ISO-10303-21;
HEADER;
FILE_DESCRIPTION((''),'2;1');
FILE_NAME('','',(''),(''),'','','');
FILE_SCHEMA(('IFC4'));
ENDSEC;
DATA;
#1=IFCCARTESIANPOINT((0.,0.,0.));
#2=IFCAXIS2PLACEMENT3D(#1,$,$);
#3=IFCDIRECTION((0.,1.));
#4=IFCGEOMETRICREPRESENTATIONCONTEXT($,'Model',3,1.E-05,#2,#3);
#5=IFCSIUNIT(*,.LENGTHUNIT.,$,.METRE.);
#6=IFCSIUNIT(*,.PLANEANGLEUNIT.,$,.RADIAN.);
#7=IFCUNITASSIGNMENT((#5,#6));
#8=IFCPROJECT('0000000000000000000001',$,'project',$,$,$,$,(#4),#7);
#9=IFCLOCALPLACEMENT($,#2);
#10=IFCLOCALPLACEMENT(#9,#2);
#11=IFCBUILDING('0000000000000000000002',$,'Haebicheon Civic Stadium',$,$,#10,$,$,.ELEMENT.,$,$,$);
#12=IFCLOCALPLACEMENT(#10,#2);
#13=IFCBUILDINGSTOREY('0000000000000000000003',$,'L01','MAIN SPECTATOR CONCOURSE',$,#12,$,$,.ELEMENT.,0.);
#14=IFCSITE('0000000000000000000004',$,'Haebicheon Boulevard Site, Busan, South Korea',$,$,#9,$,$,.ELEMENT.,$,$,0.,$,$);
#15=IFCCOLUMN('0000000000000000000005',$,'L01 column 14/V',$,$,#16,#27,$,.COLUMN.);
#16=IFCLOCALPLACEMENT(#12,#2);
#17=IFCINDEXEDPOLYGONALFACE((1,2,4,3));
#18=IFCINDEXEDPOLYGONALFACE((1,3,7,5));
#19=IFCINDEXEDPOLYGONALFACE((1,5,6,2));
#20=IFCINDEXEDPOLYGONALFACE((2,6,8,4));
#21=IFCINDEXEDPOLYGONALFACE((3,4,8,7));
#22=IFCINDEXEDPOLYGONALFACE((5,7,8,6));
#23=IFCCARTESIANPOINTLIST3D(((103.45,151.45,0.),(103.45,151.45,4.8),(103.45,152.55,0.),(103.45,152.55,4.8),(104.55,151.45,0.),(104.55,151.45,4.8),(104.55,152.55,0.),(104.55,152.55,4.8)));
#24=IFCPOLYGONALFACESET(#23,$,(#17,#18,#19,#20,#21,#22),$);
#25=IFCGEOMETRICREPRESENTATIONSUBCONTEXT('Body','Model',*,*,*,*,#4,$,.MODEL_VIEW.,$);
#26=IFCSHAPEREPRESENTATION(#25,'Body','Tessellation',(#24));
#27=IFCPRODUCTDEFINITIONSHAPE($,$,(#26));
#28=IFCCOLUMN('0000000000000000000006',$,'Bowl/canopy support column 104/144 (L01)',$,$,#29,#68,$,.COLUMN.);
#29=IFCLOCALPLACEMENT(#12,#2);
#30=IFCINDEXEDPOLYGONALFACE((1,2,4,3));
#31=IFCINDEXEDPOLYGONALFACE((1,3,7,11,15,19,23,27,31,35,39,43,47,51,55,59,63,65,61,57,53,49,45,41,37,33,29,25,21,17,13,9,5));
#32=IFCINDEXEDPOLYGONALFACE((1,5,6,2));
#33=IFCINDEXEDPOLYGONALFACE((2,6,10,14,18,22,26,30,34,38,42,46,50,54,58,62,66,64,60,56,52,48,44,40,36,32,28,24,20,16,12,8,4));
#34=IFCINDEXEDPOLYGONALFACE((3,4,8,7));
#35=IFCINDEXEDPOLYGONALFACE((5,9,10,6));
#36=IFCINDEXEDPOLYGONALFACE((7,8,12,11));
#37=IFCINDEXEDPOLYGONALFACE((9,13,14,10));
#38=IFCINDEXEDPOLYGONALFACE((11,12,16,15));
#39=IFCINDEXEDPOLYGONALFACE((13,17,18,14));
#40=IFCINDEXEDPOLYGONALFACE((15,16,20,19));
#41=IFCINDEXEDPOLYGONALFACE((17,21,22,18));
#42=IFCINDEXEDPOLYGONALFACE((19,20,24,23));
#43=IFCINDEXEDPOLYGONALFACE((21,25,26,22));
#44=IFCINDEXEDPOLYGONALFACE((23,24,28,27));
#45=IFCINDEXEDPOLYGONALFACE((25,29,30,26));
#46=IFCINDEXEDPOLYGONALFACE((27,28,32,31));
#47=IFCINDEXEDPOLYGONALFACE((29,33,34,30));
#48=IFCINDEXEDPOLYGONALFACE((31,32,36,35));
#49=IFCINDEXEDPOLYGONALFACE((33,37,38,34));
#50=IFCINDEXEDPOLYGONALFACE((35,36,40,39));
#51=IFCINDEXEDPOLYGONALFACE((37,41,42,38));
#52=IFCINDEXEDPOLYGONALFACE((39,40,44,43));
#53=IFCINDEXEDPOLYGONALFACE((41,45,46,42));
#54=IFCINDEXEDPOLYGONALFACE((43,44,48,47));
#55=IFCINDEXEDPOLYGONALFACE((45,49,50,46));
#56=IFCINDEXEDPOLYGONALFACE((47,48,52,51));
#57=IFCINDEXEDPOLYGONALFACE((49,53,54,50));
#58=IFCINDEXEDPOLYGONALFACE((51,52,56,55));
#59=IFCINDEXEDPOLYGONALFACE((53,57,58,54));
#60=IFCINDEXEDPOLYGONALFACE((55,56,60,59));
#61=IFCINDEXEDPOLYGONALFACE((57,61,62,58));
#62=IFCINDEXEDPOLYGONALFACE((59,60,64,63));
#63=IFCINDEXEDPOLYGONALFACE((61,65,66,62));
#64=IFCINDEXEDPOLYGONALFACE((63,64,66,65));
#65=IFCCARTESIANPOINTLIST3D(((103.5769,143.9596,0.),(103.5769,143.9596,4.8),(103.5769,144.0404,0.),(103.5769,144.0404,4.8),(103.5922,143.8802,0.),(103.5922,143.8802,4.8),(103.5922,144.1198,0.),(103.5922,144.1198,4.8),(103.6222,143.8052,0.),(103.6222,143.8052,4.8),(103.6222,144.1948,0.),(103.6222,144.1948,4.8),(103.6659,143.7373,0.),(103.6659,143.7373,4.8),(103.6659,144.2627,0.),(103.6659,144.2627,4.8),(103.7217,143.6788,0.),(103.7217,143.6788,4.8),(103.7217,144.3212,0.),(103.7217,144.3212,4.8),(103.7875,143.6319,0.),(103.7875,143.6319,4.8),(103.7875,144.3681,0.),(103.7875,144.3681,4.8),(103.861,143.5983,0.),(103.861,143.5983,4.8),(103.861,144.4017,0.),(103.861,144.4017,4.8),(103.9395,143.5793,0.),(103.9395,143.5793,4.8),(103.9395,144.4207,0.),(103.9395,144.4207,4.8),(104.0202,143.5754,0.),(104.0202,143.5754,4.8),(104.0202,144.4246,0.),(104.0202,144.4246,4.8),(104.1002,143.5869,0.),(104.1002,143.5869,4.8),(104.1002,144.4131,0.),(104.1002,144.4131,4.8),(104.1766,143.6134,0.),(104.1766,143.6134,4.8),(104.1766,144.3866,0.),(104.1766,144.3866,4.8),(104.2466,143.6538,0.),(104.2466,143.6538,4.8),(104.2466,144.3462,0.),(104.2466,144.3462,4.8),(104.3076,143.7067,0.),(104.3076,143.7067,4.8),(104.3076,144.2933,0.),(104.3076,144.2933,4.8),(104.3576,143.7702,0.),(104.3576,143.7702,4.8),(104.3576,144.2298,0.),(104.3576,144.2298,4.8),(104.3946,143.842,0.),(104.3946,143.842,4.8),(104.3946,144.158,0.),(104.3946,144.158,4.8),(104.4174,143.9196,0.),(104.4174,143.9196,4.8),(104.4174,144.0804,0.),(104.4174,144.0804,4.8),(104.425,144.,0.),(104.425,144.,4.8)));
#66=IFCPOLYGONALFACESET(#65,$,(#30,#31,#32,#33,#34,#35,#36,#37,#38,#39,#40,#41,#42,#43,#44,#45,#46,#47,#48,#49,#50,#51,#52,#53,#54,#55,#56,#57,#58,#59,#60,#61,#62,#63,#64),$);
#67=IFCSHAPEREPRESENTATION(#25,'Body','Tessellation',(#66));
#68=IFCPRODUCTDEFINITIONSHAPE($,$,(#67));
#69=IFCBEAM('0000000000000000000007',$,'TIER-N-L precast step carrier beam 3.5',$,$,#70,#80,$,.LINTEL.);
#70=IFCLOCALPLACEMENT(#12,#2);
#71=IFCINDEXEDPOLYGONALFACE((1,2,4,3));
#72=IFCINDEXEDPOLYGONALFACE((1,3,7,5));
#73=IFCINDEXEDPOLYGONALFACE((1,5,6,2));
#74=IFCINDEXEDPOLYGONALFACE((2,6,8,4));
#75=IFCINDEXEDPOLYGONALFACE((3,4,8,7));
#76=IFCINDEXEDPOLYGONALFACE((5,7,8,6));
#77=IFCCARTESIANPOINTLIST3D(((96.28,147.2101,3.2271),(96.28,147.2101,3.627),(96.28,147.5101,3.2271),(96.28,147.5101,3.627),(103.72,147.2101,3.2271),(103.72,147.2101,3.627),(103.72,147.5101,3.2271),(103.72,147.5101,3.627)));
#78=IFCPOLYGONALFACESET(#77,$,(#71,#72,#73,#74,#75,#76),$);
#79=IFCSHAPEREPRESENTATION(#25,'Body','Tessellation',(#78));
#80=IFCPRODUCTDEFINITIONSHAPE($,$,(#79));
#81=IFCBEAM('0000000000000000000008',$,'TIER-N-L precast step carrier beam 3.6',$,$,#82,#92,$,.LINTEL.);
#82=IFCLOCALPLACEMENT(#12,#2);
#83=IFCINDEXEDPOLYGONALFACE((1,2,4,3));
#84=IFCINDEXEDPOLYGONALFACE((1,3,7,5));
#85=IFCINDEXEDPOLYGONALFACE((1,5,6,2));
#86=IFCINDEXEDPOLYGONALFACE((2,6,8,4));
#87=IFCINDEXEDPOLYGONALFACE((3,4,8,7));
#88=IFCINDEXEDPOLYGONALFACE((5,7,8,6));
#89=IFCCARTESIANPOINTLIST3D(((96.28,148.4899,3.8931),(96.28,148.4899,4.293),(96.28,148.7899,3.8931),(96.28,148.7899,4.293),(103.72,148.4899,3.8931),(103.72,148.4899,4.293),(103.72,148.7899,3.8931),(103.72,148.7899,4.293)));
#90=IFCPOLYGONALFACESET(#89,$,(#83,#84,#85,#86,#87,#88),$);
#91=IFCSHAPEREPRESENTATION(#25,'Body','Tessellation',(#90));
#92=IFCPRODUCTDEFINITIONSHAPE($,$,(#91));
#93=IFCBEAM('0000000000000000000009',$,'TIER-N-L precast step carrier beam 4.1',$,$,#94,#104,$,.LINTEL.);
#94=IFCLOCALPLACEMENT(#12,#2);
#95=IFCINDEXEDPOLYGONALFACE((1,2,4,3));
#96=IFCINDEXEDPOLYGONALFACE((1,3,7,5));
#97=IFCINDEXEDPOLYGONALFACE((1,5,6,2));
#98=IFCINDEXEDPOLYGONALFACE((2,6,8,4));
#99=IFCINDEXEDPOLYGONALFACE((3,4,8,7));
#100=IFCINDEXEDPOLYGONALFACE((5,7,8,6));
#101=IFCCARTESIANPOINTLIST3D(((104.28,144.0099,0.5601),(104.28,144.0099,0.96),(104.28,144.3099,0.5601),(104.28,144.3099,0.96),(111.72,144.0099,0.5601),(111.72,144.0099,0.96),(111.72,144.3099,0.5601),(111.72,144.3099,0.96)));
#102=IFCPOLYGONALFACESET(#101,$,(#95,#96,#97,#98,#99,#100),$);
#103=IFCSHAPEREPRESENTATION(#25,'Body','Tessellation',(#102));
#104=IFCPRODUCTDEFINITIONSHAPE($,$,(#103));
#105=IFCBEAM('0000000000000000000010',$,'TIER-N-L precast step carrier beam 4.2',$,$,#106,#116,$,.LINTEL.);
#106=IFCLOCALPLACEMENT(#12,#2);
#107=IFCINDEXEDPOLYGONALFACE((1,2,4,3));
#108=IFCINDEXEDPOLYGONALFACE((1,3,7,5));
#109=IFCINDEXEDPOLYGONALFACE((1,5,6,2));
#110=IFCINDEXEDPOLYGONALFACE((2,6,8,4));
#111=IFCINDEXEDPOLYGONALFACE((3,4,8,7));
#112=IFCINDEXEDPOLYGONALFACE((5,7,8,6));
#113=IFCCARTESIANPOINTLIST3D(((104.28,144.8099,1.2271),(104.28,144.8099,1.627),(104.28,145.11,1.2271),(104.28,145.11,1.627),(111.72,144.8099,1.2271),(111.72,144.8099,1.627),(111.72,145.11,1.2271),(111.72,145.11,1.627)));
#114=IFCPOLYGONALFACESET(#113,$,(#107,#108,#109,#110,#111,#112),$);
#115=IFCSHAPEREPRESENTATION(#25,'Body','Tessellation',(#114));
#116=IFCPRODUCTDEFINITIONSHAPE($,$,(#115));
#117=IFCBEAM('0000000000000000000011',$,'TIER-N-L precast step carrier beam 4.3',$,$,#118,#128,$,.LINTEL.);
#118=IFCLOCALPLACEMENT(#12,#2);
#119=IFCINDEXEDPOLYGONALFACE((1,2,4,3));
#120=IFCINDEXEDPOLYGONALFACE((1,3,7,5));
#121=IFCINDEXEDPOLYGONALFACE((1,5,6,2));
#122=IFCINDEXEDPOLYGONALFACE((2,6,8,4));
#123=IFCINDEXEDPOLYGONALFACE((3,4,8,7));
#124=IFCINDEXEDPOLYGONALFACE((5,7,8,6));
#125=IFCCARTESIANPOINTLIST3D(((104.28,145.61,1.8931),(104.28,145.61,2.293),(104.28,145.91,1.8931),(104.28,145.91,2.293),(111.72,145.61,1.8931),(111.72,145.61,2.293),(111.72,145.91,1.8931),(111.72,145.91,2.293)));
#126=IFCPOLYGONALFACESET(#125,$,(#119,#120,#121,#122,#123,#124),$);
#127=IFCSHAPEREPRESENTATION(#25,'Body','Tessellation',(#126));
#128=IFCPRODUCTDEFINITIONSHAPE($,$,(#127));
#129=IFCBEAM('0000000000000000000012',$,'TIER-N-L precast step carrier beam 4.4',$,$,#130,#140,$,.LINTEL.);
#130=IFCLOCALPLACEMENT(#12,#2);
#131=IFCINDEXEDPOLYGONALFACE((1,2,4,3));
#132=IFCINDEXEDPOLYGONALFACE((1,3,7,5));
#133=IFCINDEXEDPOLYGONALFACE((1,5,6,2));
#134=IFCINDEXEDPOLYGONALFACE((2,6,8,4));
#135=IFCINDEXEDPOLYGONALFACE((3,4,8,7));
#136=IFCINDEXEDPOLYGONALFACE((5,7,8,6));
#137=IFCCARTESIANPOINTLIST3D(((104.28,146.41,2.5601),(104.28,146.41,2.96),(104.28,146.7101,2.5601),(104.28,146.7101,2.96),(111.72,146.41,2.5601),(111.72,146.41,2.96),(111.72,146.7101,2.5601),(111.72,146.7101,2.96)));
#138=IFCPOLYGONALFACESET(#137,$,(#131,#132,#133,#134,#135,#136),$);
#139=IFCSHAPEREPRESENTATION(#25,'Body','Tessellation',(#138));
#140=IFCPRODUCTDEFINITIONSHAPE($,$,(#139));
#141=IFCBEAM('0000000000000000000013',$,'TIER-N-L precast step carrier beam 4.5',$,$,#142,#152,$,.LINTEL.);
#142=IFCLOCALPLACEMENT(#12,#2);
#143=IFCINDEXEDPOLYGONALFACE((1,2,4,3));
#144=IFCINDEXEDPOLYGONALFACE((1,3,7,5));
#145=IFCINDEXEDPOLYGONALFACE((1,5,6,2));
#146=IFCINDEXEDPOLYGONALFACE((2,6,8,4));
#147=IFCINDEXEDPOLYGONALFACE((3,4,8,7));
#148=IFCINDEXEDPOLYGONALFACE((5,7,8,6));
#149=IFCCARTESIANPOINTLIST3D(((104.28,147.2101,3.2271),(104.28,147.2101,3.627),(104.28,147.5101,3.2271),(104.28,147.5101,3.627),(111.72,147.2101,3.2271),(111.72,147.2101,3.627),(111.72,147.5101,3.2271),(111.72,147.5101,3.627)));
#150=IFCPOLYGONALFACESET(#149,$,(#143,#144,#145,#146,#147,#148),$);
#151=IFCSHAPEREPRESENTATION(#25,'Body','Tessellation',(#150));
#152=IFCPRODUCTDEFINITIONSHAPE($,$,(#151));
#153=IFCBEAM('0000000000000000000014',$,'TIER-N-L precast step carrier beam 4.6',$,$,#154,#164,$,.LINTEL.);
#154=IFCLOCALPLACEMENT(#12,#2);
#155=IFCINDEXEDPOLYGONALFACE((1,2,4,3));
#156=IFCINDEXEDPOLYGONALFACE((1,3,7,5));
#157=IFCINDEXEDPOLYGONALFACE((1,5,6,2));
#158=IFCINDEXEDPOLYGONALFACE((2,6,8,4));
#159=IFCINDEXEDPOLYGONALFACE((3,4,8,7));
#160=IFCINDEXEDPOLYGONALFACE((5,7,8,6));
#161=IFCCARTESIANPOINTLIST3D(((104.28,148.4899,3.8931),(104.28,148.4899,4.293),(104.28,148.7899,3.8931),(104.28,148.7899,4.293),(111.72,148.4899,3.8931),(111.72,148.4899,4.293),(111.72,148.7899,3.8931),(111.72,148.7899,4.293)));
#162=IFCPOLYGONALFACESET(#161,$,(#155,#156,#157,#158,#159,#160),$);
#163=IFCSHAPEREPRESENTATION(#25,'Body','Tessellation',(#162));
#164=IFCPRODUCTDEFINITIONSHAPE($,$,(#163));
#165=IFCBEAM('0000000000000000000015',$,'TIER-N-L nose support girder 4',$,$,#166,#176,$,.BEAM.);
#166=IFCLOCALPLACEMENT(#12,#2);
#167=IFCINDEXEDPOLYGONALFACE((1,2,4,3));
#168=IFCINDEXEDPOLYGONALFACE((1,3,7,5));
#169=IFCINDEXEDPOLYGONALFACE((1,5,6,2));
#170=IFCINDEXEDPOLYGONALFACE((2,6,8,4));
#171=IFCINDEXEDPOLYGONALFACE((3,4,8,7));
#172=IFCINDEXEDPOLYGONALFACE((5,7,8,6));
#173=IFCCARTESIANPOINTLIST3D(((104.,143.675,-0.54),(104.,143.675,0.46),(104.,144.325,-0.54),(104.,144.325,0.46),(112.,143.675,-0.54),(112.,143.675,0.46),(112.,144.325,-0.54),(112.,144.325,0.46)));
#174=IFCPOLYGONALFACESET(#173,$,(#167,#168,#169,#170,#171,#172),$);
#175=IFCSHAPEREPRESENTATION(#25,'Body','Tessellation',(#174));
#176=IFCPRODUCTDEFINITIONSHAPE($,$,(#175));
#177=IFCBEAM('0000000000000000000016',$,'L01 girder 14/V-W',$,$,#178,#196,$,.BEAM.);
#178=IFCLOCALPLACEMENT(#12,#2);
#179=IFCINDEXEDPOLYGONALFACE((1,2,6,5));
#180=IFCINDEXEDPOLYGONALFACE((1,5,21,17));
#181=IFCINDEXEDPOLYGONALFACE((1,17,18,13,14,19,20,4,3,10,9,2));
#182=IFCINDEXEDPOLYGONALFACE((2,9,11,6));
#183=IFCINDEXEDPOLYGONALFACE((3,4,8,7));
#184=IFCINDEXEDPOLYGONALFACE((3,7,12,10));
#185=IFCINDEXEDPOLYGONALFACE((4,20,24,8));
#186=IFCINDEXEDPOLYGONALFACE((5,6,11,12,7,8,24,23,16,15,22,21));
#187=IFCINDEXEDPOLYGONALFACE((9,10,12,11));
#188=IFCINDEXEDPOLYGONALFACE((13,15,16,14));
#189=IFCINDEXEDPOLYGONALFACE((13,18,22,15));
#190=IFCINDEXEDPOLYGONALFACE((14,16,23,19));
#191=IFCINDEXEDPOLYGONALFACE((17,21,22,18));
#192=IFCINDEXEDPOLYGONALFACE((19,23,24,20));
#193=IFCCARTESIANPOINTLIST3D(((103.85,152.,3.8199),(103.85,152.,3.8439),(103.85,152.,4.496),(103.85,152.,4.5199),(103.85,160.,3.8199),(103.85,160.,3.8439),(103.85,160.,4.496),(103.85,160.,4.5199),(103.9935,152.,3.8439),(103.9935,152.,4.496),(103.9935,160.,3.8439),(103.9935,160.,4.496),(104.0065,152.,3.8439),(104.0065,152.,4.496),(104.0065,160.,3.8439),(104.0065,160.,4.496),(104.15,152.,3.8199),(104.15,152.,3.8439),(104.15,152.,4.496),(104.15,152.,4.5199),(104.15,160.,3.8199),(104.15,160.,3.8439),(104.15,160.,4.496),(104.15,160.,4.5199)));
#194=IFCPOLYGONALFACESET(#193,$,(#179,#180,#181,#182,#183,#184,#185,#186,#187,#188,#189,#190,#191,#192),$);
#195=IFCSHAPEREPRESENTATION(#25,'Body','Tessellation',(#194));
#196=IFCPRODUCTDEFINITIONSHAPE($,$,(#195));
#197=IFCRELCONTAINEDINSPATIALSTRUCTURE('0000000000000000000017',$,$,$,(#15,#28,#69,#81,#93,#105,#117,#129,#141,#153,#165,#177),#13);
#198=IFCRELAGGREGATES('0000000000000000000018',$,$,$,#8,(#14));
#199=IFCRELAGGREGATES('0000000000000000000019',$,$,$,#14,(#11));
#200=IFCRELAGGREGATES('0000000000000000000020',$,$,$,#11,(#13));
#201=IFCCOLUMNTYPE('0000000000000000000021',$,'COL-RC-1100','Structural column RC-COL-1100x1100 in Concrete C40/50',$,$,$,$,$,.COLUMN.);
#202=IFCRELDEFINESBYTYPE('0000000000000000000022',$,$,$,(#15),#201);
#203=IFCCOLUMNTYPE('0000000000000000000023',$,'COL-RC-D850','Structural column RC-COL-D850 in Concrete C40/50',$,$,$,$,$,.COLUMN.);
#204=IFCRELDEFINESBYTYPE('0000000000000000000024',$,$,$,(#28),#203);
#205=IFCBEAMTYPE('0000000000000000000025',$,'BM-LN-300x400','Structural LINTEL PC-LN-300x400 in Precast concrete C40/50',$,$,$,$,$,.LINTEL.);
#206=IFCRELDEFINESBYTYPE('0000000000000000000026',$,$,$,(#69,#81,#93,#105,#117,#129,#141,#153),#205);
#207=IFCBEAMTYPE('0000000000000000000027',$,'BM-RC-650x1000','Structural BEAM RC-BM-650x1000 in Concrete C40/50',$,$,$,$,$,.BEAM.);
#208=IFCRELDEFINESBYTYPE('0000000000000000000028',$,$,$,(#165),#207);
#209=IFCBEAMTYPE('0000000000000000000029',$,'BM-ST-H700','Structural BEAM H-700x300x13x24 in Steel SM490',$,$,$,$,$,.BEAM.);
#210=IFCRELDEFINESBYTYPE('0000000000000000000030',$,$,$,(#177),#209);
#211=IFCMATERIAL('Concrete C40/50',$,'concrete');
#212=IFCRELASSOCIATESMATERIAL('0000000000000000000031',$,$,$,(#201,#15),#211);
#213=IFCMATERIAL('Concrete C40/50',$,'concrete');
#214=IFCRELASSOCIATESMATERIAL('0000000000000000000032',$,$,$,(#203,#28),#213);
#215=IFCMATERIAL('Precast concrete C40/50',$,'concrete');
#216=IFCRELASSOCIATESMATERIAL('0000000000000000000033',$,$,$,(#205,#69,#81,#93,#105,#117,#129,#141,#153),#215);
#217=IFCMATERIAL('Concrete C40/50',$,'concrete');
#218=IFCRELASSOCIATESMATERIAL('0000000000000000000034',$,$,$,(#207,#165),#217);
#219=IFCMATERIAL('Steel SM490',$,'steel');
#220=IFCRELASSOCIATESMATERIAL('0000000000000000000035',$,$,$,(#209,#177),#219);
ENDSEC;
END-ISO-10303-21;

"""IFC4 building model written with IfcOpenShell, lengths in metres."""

from ifc_helpers import new_model, si_unit, direction, frame, origin, origin_2d, place, context, subcontext, project, spatial, rectangle, circle, i_section, extrude, material, material_profile, profile_set, type_object, element, save


model = new_model("IFC4")

# Units and contexts
model_context = context("Model", 3, precision=1e-05, world=origin(), true_north=direction((0.0, 1.0)))
body_context = subcontext(model_context, "Body", "Model", "MODEL_VIEW")
ifc_project = project(units=[si_unit("LENGTHUNIT", "METRE"), si_unit("PLANEANGLEUNIT", "RADIAN")], contexts=[model_context])

# Site, building, storey
site_placement = place(None, origin())
site = spatial("IfcSite", under=ifc_project, at=site_placement, Name="Haebicheon Boulevard Site, Busan, South Korea", CompositionType="ELEMENT", RefElevation=0.0)
building_placement = place(site_placement, origin())
building = spatial("IfcBuilding", under=site, at=building_placement, Name="Haebicheon Civic Stadium", CompositionType="ELEMENT")
storey_placement = place(building_placement, origin())
storey = spatial("IfcBuildingStorey", under=building, at=storey_placement, Name="L01", Description="MAIN SPECTATOR CONCOURSE", CompositionType="ELEMENT", Elevation=0.0)

# Columns
ifc_material_1 = material(Name="Concrete C40/50", Category="concrete")
ifc_material_profile_1 = material_profile(ifc_material_1, rectangle(XDim=1.1001, YDim=1.1001, at=origin_2d()), Name="RC-COL-1100x1100")
ifc_profile_set_1 = profile_set([ifc_material_profile_1], Name="Concrete C40/50")
column_type_1 = type_object("IfcColumnType", Name="COL-RC-1100", Description="Structural column RC-COL-1100x1100 in Concrete C40/50", PredefinedType="COLUMN", material=ifc_profile_set_1)
column_1_placement = place(storey_placement, frame((104.0, 152.0, 0.0), z_axis=(0.0, 0.0, 1.0), x_axis=(1.0, 0.0, 0.0)))
element("IfcColumn", 1, at=column_1_placement, inside=storey, type_object=column_type_1, material=ifc_profile_set_1, Name="L01 column 14/V", PredefinedType="COLUMN", context=body_context, shape_type="SweptSolid", body=[
    extrude(rectangle(XDim=1.1001, YDim=1.1001, at=origin_2d()), origin(), (0.0, 0.0, 1.0), 4.8),
])
ifc_material_2 = material(Name="Concrete C40/50", Category="concrete")
ifc_material_profile_2 = material_profile(ifc_material_2, circle(Radius=0.425, at=origin_2d()), Name="RC-COL-D850")
ifc_profile_set_2 = profile_set([ifc_material_profile_2], Name="Concrete C40/50")
column_type_2 = type_object("IfcColumnType", Name="COL-RC-D850", Description="Structural column RC-COL-D850 in Concrete C40/50", PredefinedType="COLUMN", material=ifc_profile_set_2)
column_2_placement = place(storey_placement, frame((104.0, 144.0, 0.0), z_axis=(0.0, 0.0, 1.0), x_axis=(1.0, 0.0, 0.0)))
element("IfcColumn", 2, at=column_2_placement, inside=storey, type_object=column_type_2, material=ifc_profile_set_2, Name="Bowl/canopy support column 104/144 (L01)", PredefinedType="COLUMN", context=body_context, shape_type="SweptSolid", body=[
    extrude(circle(Radius=0.425, at=origin_2d()), origin(), (0.0, 0.0, 1.0), 4.8),
])

# Beams
ifc_material_3 = material(Name="Precast concrete C40/50", Category="concrete")
ifc_material_profile_3 = material_profile(ifc_material_3, rectangle(XDim=0.3, YDim=0.3999, at=origin_2d()), Name="PC-LN-300x400")
ifc_profile_set_3 = profile_set([ifc_material_profile_3], Name="Precast concrete C40/50")
beam_type_1 = type_object("IfcBeamType", Name="BM-LN-300x400", Description="Structural LINTEL PC-LN-300x400 in Precast concrete C40/50", PredefinedType="LINTEL", material=ifc_profile_set_3)
for number, where, z_axis, x_axis, name in (
    (3, (96.28, 147.3601, 3.427), (1.0, 0.0, 0.0), (0.0, 1.0, 0.0), "TIER-N-L precast step carrier beam 3.5"),
    (4, (96.28, 148.6399, 4.093), (1.0, 0.0, 0.0), (0.0, 1.0, 0.0), "TIER-N-L precast step carrier beam 3.6"),
    (5, (104.28, 144.1599, 0.76), (1.0, 0.0, 0.0), (0.0, 1.0, 0.0), "TIER-N-L precast step carrier beam 4.1"),
    (6, (104.28, 144.96, 1.427), (1.0, 0.0, 0.0), (0.0, 1.0, 0.0), "TIER-N-L precast step carrier beam 4.2"),
    (7, (104.28, 145.76, 2.093), (1.0, 0.0, 0.0), (0.0, 1.0, 0.0), "TIER-N-L precast step carrier beam 4.3"),
    (8, (104.28, 146.5601, 2.76), (1.0, 0.0, 0.0), (0.0, 1.0, 0.0), "TIER-N-L precast step carrier beam 4.4"),
    (9, (104.28, 147.3601, 3.427), (1.0, 0.0, 0.0), (0.0, 1.0, 0.0), "TIER-N-L precast step carrier beam 4.5"),
    (10, (104.28, 148.6399, 4.093), (1.0, 0.0, 0.0), (0.0, 1.0, 0.0), "TIER-N-L precast step carrier beam 4.6"),
):
    element("IfcBeam", number, at=place(storey_placement, frame(where, z_axis=z_axis, x_axis=x_axis)), inside=storey, type_object=beam_type_1, material=ifc_profile_set_3, Name=name, PredefinedType="LINTEL", context=body_context, shape_type="SweptSolid", body=[
        extrude(rectangle(XDim=0.3, YDim=0.3999, at=origin_2d()), origin(), (0.0, 0.0, 1.0), 7.4399),
    ])
ifc_material_4 = material(Name="Concrete C40/50", Category="concrete")
ifc_material_profile_4 = material_profile(ifc_material_4, rectangle(XDim=0.6499, YDim=1.0, at=origin_2d()), Name="RC-BM-650x1000")
ifc_profile_set_4 = profile_set([ifc_material_profile_4], Name="Concrete C40/50")
beam_type_2 = type_object("IfcBeamType", Name="BM-RC-650x1000", Description="Structural BEAM RC-BM-650x1000 in Concrete C40/50", PredefinedType="BEAM", material=ifc_profile_set_4)
beam_1_placement = place(storey_placement, frame((104.0, 144.0, -0.04), z_axis=(1.0, 0.0, 0.0), x_axis=(0.0, 1.0, 0.0)))
element("IfcBeam", 11, at=beam_1_placement, inside=storey, type_object=beam_type_2, material=ifc_profile_set_4, Name="TIER-N-L nose support girder 4", PredefinedType="BEAM", context=body_context, shape_type="SweptSolid", body=[
    extrude(rectangle(XDim=0.6499, YDim=1.0, at=origin_2d()), origin(), (0.0, 0.0, 1.0), 8.0),
])
ifc_material_5 = material(Name="Steel SM490", Category="steel")
ifc_material_profile_5 = material_profile(ifc_material_5, i_section(OverallWidth=0.3, OverallDepth=0.7, WebThickness=0.0129, FlangeThickness=0.0239, at=origin_2d()), Name="H-700x300x13x24")
ifc_profile_set_5 = profile_set([ifc_material_profile_5], Name="Steel SM490")
beam_type_3 = type_object("IfcBeamType", Name="BM-ST-H700", Description="Structural BEAM H-700x300x13x24 in Steel SM490", PredefinedType="BEAM", material=ifc_profile_set_5)
beam_2_placement = place(storey_placement, frame((104.0, 152.0, 4.1699), z_axis=(0.0, 1.0, 0.0), x_axis=(-1.0, 0.0, 0.0)))
element("IfcBeam", 12, at=beam_2_placement, inside=storey, type_object=beam_type_3, material=ifc_profile_set_5, Name="L01 girder 14/V-W", PredefinedType="BEAM", context=body_context, shape_type="SweptSolid", body=[
    extrude(i_section(OverallWidth=0.3, OverallDepth=0.7, WebThickness=0.0129, FlangeThickness=0.0239, at=origin_2d()), origin(), (0.0, 0.0, 1.0), 8.0),
])

save(model, "model.ifc")
